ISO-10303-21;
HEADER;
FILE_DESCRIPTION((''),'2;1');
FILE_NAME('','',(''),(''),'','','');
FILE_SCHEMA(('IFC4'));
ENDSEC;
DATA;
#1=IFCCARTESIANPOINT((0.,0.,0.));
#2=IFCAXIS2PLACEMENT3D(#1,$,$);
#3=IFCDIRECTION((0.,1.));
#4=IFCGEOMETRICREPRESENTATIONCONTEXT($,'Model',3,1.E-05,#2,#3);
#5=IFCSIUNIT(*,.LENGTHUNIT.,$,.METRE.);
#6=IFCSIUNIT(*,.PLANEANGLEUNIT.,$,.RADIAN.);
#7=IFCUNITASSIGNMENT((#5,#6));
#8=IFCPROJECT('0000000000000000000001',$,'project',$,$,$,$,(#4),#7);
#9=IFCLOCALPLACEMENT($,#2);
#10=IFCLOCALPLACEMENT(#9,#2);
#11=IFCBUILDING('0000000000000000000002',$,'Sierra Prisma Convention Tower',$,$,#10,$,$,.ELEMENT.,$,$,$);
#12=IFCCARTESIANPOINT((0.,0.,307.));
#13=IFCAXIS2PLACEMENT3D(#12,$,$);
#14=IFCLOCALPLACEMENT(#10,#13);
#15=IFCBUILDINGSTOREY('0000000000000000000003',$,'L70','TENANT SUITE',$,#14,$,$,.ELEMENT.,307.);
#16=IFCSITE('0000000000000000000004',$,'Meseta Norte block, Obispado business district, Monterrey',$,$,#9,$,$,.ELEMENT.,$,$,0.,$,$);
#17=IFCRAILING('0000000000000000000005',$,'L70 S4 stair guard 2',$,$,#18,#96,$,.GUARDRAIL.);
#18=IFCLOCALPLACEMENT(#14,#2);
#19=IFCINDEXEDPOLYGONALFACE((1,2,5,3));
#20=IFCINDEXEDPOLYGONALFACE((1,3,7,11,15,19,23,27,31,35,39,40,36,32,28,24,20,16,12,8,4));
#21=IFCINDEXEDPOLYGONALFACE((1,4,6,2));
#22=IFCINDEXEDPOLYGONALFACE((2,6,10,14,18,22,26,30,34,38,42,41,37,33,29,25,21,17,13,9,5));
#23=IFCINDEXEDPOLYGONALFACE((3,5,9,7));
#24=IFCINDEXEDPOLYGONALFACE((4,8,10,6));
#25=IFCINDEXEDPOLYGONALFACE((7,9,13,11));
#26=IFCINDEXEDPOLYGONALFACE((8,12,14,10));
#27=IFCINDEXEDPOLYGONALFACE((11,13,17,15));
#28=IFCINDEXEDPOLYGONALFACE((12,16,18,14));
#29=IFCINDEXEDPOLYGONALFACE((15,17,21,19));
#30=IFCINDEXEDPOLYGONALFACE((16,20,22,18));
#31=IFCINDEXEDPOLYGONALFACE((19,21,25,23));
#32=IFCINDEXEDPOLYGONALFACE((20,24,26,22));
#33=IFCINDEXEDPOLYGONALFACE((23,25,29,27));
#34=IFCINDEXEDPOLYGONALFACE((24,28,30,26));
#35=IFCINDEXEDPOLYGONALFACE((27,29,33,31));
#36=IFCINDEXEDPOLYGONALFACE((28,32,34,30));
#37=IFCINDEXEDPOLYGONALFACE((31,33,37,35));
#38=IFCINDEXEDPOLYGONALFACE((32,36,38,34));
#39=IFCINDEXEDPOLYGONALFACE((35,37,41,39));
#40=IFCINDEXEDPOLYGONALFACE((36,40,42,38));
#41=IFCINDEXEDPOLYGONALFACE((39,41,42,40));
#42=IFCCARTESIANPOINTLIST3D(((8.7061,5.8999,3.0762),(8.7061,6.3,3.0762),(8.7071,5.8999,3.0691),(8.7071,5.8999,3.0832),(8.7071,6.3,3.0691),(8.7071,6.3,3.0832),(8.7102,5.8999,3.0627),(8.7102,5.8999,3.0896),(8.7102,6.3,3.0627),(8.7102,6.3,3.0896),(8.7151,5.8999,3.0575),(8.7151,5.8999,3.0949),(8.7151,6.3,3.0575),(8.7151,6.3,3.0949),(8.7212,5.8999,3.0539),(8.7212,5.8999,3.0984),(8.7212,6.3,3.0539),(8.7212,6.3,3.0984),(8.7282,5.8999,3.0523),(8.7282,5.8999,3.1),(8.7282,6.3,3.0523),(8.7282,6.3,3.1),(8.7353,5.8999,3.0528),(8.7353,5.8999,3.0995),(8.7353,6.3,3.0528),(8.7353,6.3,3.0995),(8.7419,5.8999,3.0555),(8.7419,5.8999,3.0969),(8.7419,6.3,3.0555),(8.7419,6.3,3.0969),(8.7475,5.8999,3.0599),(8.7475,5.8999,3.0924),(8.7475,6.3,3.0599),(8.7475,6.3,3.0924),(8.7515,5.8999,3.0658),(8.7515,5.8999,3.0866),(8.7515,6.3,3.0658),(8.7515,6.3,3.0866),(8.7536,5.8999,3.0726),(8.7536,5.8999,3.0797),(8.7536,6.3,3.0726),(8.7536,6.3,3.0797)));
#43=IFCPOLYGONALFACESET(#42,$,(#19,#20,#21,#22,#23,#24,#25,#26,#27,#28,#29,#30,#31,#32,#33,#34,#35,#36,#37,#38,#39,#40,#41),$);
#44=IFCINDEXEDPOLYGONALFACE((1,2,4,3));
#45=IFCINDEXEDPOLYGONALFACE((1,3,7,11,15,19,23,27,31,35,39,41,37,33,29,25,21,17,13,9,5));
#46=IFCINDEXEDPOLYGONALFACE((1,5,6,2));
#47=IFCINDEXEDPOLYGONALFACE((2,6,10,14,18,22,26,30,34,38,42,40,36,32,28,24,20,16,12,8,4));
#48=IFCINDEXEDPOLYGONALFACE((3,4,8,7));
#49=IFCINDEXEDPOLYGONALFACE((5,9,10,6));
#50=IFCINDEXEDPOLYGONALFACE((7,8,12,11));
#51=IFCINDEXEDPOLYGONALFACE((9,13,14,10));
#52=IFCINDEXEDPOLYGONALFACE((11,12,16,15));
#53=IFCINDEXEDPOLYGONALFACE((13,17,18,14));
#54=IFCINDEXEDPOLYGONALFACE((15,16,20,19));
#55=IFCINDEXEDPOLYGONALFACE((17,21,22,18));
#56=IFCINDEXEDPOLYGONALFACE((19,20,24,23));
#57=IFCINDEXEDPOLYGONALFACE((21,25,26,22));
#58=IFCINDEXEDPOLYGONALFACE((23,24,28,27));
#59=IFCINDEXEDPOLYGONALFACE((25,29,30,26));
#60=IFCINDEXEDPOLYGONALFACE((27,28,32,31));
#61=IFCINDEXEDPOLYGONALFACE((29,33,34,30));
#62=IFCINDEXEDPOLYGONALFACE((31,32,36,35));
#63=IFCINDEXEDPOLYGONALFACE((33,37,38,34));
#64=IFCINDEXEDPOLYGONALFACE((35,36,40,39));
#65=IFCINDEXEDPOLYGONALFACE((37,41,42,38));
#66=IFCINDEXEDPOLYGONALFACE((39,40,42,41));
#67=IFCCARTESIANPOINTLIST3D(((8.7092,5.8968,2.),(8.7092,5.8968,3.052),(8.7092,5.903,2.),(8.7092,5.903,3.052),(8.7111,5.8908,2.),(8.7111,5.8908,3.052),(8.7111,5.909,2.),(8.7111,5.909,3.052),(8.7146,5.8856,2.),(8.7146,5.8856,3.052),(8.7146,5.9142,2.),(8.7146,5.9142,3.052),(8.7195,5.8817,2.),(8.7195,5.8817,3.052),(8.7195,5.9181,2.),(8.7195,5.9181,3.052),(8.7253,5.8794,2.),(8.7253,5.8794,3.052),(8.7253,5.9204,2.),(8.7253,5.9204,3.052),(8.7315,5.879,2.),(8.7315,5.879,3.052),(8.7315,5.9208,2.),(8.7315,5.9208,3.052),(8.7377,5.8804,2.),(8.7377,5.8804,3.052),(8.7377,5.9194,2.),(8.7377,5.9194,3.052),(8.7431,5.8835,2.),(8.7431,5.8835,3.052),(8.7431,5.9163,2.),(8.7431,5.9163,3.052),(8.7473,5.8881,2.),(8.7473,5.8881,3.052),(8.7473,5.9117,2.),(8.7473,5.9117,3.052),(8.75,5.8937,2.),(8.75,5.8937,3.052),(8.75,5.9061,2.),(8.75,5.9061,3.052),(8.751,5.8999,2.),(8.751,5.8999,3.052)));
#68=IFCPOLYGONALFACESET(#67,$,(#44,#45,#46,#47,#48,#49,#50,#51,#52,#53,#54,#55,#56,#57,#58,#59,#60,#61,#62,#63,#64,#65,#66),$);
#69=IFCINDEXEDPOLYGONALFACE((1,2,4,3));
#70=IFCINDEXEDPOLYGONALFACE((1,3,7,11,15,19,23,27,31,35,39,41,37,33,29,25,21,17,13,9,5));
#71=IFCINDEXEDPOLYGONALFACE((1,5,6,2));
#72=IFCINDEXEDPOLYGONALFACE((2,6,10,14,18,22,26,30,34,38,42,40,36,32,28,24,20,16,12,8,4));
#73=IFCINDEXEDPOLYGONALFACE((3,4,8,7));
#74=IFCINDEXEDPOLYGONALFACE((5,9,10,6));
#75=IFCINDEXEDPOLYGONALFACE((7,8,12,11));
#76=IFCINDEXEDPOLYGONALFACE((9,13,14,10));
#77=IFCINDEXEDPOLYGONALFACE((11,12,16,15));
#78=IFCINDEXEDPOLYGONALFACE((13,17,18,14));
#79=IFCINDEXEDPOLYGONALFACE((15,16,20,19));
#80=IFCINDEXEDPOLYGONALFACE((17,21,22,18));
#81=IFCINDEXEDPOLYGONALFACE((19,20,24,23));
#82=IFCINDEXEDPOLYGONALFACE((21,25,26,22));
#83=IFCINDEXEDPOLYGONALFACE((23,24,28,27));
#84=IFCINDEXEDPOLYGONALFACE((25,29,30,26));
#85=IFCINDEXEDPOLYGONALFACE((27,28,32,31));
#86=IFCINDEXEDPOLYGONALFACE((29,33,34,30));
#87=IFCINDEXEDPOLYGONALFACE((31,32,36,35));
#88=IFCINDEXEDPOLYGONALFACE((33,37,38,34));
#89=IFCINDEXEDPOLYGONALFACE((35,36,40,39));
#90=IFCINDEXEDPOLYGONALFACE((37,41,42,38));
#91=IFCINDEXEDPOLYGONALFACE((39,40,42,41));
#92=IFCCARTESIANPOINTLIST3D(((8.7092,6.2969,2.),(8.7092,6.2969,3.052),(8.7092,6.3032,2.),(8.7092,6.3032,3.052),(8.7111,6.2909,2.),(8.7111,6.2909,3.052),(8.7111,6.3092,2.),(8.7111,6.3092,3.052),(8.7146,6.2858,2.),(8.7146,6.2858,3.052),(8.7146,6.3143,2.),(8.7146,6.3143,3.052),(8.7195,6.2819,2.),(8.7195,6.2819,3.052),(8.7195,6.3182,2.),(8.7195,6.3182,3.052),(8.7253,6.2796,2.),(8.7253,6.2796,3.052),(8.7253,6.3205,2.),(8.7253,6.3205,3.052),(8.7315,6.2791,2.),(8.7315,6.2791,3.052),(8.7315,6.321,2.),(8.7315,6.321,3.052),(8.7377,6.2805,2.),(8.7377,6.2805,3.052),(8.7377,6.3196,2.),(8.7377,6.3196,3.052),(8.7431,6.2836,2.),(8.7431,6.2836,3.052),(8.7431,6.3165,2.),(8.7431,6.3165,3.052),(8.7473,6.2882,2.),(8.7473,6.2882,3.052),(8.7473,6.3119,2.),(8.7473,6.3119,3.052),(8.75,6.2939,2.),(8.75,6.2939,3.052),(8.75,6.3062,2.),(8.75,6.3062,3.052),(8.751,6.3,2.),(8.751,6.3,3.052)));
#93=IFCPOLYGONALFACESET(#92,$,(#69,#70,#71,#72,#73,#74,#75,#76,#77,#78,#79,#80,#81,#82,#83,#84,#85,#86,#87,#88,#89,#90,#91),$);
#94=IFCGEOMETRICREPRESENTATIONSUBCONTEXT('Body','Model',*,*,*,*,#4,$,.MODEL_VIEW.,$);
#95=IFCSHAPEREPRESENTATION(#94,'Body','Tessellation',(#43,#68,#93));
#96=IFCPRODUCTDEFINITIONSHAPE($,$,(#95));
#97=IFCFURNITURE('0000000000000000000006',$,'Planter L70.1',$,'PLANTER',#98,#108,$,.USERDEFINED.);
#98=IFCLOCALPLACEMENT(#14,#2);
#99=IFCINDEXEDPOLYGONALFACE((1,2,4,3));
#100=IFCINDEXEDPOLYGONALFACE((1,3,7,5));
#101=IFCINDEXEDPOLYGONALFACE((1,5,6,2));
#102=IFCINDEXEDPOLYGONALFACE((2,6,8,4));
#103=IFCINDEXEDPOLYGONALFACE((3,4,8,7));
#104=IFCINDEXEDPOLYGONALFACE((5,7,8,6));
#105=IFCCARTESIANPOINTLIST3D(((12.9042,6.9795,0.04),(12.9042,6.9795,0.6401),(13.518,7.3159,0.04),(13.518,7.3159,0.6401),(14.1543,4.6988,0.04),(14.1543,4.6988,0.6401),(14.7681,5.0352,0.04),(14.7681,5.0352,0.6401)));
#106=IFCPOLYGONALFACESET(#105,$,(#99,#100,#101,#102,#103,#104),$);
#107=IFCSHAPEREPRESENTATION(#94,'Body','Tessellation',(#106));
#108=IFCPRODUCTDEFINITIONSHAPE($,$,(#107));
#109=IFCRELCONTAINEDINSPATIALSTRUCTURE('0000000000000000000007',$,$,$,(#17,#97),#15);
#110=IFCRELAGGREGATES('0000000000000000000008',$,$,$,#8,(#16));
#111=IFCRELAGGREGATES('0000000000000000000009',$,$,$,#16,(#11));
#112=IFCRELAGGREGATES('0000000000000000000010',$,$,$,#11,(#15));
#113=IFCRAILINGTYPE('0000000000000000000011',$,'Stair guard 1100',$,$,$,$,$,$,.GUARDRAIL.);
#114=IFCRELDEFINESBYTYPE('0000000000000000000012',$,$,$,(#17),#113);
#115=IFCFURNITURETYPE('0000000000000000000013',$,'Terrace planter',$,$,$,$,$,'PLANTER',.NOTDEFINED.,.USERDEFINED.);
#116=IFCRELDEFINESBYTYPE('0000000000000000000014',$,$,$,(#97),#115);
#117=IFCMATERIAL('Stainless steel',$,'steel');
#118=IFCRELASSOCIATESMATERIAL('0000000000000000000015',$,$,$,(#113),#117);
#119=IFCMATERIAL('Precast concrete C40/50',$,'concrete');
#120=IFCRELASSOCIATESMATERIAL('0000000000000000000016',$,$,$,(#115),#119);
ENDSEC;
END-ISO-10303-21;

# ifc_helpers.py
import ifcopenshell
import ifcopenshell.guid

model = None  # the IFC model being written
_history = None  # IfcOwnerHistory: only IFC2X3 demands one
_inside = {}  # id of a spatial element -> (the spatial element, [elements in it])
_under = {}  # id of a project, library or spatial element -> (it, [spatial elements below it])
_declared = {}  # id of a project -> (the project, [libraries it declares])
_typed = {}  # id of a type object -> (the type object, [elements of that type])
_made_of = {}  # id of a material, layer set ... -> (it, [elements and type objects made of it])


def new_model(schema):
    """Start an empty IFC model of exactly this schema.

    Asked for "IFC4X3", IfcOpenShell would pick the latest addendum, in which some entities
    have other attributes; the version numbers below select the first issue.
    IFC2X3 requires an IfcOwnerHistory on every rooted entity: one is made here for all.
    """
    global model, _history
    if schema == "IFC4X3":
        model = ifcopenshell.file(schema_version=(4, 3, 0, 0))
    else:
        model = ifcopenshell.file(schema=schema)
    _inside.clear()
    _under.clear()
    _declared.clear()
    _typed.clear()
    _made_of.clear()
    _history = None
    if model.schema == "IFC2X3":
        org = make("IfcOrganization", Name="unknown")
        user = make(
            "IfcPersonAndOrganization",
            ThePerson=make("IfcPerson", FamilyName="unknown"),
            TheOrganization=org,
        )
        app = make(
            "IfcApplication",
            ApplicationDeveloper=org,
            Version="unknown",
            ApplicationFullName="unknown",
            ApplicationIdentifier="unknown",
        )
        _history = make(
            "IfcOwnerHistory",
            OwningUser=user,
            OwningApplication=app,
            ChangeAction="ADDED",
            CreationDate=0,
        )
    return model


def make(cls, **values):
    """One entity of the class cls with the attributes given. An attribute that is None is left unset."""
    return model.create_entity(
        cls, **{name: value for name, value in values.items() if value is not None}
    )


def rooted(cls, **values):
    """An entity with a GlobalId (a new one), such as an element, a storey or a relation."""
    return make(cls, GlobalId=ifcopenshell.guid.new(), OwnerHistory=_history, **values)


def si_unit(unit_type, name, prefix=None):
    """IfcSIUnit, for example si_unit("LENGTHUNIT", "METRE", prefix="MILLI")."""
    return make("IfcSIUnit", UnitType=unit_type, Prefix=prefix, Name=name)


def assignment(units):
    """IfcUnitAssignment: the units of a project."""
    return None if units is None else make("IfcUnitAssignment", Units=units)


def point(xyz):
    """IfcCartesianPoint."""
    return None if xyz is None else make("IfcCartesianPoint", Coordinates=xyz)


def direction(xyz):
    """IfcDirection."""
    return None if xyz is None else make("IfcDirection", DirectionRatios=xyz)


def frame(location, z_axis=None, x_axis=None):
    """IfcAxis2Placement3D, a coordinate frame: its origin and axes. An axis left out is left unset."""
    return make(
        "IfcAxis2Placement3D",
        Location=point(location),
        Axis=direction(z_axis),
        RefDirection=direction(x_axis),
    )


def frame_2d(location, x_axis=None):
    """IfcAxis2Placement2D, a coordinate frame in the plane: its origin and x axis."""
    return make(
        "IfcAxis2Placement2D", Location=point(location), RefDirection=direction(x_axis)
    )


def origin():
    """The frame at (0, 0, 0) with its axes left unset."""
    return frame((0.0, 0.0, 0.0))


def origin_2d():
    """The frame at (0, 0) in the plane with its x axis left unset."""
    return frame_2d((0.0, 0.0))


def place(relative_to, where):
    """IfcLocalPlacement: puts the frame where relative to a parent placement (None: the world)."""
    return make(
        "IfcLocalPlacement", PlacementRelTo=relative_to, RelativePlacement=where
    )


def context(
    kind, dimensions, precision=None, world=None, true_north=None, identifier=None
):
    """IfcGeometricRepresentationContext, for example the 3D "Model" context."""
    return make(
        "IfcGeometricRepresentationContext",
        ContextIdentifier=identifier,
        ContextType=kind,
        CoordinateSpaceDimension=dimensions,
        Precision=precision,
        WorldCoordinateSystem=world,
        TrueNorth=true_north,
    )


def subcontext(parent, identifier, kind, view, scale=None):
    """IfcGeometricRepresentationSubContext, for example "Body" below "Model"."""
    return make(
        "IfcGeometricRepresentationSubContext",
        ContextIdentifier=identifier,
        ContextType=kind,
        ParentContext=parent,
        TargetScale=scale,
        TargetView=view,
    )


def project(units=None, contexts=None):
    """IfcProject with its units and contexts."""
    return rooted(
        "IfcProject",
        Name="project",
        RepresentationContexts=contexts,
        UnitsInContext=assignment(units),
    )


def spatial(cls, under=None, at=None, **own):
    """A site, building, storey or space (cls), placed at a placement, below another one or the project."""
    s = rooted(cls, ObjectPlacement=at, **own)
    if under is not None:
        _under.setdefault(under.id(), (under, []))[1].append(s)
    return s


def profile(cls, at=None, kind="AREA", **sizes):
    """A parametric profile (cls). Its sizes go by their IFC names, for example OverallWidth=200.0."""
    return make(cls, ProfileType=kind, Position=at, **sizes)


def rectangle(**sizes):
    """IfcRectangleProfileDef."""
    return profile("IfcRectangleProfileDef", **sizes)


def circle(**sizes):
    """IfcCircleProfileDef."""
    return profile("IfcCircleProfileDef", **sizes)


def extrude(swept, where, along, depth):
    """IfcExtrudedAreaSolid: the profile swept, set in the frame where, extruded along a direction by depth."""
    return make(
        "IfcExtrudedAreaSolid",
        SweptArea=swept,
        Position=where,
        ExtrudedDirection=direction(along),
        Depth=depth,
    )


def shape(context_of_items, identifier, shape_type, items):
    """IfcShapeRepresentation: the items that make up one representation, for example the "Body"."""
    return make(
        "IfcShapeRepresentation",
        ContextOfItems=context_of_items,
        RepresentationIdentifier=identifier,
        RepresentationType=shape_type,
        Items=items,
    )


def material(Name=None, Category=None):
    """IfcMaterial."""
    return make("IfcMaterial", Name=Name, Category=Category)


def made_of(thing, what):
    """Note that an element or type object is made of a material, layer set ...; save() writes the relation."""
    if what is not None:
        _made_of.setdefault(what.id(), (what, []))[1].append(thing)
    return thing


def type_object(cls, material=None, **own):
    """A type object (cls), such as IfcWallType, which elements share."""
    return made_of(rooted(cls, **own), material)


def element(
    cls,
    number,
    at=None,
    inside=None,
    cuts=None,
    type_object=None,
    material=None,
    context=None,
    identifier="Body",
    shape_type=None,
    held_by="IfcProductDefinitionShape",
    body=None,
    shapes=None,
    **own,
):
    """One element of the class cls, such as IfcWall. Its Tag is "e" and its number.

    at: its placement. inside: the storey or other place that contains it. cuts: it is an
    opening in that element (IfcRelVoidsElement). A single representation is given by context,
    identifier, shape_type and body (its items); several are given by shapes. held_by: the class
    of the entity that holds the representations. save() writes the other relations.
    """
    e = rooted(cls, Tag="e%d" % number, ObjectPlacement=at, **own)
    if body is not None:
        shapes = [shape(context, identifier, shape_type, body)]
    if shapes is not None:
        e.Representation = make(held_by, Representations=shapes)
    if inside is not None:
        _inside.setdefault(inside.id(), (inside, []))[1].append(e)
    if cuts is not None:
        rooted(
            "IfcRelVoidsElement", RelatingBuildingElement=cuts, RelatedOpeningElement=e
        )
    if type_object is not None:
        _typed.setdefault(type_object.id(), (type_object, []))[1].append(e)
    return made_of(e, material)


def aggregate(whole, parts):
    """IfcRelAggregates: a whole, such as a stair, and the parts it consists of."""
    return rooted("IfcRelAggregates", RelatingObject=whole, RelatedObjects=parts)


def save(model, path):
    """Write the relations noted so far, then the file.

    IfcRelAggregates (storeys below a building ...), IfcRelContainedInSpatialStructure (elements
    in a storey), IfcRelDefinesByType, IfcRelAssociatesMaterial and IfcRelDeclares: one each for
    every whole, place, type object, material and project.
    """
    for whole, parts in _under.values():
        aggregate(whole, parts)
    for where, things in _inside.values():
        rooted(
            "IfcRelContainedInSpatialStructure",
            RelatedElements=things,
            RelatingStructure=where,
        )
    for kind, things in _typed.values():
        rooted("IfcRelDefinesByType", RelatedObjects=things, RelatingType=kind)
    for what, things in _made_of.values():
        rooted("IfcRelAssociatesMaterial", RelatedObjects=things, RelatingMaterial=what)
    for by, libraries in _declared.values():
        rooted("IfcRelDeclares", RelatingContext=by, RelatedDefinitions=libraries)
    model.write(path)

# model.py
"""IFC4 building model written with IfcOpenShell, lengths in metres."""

from ifc_helpers import new_model, si_unit, direction, frame, origin, origin_2d, place, context, subcontext, project, spatial, rectangle, circle, extrude, material, type_object, element, save


model = new_model("IFC4")

# Units and contexts
model_context = context("Model", 3, precision=1e-05, world=origin(), true_north=direction((0.0, 1.0)))
body_context = subcontext(model_context, "Body", "Model", "MODEL_VIEW")
ifc_project = project(units=[si_unit("LENGTHUNIT", "METRE"), si_unit("PLANEANGLEUNIT", "RADIAN")], contexts=[model_context])

# Site, building, storey
site_placement = place(None, origin())
site = spatial("IfcSite", under=ifc_project, at=site_placement, Name="Meseta Norte block, Obispado business district, Monterrey", CompositionType="ELEMENT", RefElevation=0.0)
building_placement = place(site_placement, origin())
building = spatial("IfcBuilding", under=site, at=building_placement, Name="Sierra Prisma Convention Tower", CompositionType="ELEMENT")
storey_placement = place(building_placement, frame((0.0, 0.0, 307.0)))
storey = spatial("IfcBuildingStorey", under=building, at=storey_placement, Name="L70", Description="TENANT SUITE", CompositionType="ELEMENT", Elevation=307.0)

# Railing
ifc_material_1 = material(Name="Stainless steel", Category="steel")
railing_type_1 = type_object("IfcRailingType", Name="Stair guard 1100", PredefinedType="GUARDRAIL", material=ifc_material_1)
railing_1_placement = place(storey_placement, frame((8.73, 5.8999, 2.0)))
element("IfcRailing", 1, at=railing_1_placement, inside=storey, type_object=railing_type_1, Name="L70 S4 stair guard 2", PredefinedType="GUARDRAIL", context=body_context, shape_type="SweptSolid", body=[
    extrude(circle(Radius=0.0239, at=origin_2d()), frame((0.0, 0.0, 1.0762), z_axis=(0.0, 1.0, 0.0), x_axis=(-1.0, 0.0, 0.0)), (0.0, 0.0, 1.0), 0.4001),
    extrude(circle(Radius=0.021, at=origin_2d()), origin(), (0.0, 0.0, 1.0), 1.052),
    extrude(circle(Radius=0.021, at=origin_2d()), frame((0.0, 0.4001, 0.0)), (0.0, 0.0, 1.0), 1.052),
])

# Furniture
ifc_material_2 = material(Name="Precast concrete C40/50", Category="concrete")
furniture_type = type_object("IfcFurnitureType", Name="Terrace planter", ElementType="PLANTER", AssemblyPlace="NOTDEFINED", PredefinedType="USERDEFINED", material=ifc_material_2)
furniture_placement = place(storey_placement, frame((13.8362, 6.0073, 0.04), z_axis=(0.0, 0.0, 1.0), x_axis=(-0.480643, 0.876916, 0.0)))
element("IfcFurniture", 2, at=furniture_placement, inside=storey, type_object=furniture_type, Name="Planter L70.1", ObjectType="PLANTER", PredefinedType="USERDEFINED", context=body_context, shape_type="SweptSolid", body=[
    extrude(rectangle(XDim=2.6008, YDim=0.7, at=origin_2d()), origin(), (0.0, 0.0, 1.0), 0.6001),
])

save(model, "model.ifc")
